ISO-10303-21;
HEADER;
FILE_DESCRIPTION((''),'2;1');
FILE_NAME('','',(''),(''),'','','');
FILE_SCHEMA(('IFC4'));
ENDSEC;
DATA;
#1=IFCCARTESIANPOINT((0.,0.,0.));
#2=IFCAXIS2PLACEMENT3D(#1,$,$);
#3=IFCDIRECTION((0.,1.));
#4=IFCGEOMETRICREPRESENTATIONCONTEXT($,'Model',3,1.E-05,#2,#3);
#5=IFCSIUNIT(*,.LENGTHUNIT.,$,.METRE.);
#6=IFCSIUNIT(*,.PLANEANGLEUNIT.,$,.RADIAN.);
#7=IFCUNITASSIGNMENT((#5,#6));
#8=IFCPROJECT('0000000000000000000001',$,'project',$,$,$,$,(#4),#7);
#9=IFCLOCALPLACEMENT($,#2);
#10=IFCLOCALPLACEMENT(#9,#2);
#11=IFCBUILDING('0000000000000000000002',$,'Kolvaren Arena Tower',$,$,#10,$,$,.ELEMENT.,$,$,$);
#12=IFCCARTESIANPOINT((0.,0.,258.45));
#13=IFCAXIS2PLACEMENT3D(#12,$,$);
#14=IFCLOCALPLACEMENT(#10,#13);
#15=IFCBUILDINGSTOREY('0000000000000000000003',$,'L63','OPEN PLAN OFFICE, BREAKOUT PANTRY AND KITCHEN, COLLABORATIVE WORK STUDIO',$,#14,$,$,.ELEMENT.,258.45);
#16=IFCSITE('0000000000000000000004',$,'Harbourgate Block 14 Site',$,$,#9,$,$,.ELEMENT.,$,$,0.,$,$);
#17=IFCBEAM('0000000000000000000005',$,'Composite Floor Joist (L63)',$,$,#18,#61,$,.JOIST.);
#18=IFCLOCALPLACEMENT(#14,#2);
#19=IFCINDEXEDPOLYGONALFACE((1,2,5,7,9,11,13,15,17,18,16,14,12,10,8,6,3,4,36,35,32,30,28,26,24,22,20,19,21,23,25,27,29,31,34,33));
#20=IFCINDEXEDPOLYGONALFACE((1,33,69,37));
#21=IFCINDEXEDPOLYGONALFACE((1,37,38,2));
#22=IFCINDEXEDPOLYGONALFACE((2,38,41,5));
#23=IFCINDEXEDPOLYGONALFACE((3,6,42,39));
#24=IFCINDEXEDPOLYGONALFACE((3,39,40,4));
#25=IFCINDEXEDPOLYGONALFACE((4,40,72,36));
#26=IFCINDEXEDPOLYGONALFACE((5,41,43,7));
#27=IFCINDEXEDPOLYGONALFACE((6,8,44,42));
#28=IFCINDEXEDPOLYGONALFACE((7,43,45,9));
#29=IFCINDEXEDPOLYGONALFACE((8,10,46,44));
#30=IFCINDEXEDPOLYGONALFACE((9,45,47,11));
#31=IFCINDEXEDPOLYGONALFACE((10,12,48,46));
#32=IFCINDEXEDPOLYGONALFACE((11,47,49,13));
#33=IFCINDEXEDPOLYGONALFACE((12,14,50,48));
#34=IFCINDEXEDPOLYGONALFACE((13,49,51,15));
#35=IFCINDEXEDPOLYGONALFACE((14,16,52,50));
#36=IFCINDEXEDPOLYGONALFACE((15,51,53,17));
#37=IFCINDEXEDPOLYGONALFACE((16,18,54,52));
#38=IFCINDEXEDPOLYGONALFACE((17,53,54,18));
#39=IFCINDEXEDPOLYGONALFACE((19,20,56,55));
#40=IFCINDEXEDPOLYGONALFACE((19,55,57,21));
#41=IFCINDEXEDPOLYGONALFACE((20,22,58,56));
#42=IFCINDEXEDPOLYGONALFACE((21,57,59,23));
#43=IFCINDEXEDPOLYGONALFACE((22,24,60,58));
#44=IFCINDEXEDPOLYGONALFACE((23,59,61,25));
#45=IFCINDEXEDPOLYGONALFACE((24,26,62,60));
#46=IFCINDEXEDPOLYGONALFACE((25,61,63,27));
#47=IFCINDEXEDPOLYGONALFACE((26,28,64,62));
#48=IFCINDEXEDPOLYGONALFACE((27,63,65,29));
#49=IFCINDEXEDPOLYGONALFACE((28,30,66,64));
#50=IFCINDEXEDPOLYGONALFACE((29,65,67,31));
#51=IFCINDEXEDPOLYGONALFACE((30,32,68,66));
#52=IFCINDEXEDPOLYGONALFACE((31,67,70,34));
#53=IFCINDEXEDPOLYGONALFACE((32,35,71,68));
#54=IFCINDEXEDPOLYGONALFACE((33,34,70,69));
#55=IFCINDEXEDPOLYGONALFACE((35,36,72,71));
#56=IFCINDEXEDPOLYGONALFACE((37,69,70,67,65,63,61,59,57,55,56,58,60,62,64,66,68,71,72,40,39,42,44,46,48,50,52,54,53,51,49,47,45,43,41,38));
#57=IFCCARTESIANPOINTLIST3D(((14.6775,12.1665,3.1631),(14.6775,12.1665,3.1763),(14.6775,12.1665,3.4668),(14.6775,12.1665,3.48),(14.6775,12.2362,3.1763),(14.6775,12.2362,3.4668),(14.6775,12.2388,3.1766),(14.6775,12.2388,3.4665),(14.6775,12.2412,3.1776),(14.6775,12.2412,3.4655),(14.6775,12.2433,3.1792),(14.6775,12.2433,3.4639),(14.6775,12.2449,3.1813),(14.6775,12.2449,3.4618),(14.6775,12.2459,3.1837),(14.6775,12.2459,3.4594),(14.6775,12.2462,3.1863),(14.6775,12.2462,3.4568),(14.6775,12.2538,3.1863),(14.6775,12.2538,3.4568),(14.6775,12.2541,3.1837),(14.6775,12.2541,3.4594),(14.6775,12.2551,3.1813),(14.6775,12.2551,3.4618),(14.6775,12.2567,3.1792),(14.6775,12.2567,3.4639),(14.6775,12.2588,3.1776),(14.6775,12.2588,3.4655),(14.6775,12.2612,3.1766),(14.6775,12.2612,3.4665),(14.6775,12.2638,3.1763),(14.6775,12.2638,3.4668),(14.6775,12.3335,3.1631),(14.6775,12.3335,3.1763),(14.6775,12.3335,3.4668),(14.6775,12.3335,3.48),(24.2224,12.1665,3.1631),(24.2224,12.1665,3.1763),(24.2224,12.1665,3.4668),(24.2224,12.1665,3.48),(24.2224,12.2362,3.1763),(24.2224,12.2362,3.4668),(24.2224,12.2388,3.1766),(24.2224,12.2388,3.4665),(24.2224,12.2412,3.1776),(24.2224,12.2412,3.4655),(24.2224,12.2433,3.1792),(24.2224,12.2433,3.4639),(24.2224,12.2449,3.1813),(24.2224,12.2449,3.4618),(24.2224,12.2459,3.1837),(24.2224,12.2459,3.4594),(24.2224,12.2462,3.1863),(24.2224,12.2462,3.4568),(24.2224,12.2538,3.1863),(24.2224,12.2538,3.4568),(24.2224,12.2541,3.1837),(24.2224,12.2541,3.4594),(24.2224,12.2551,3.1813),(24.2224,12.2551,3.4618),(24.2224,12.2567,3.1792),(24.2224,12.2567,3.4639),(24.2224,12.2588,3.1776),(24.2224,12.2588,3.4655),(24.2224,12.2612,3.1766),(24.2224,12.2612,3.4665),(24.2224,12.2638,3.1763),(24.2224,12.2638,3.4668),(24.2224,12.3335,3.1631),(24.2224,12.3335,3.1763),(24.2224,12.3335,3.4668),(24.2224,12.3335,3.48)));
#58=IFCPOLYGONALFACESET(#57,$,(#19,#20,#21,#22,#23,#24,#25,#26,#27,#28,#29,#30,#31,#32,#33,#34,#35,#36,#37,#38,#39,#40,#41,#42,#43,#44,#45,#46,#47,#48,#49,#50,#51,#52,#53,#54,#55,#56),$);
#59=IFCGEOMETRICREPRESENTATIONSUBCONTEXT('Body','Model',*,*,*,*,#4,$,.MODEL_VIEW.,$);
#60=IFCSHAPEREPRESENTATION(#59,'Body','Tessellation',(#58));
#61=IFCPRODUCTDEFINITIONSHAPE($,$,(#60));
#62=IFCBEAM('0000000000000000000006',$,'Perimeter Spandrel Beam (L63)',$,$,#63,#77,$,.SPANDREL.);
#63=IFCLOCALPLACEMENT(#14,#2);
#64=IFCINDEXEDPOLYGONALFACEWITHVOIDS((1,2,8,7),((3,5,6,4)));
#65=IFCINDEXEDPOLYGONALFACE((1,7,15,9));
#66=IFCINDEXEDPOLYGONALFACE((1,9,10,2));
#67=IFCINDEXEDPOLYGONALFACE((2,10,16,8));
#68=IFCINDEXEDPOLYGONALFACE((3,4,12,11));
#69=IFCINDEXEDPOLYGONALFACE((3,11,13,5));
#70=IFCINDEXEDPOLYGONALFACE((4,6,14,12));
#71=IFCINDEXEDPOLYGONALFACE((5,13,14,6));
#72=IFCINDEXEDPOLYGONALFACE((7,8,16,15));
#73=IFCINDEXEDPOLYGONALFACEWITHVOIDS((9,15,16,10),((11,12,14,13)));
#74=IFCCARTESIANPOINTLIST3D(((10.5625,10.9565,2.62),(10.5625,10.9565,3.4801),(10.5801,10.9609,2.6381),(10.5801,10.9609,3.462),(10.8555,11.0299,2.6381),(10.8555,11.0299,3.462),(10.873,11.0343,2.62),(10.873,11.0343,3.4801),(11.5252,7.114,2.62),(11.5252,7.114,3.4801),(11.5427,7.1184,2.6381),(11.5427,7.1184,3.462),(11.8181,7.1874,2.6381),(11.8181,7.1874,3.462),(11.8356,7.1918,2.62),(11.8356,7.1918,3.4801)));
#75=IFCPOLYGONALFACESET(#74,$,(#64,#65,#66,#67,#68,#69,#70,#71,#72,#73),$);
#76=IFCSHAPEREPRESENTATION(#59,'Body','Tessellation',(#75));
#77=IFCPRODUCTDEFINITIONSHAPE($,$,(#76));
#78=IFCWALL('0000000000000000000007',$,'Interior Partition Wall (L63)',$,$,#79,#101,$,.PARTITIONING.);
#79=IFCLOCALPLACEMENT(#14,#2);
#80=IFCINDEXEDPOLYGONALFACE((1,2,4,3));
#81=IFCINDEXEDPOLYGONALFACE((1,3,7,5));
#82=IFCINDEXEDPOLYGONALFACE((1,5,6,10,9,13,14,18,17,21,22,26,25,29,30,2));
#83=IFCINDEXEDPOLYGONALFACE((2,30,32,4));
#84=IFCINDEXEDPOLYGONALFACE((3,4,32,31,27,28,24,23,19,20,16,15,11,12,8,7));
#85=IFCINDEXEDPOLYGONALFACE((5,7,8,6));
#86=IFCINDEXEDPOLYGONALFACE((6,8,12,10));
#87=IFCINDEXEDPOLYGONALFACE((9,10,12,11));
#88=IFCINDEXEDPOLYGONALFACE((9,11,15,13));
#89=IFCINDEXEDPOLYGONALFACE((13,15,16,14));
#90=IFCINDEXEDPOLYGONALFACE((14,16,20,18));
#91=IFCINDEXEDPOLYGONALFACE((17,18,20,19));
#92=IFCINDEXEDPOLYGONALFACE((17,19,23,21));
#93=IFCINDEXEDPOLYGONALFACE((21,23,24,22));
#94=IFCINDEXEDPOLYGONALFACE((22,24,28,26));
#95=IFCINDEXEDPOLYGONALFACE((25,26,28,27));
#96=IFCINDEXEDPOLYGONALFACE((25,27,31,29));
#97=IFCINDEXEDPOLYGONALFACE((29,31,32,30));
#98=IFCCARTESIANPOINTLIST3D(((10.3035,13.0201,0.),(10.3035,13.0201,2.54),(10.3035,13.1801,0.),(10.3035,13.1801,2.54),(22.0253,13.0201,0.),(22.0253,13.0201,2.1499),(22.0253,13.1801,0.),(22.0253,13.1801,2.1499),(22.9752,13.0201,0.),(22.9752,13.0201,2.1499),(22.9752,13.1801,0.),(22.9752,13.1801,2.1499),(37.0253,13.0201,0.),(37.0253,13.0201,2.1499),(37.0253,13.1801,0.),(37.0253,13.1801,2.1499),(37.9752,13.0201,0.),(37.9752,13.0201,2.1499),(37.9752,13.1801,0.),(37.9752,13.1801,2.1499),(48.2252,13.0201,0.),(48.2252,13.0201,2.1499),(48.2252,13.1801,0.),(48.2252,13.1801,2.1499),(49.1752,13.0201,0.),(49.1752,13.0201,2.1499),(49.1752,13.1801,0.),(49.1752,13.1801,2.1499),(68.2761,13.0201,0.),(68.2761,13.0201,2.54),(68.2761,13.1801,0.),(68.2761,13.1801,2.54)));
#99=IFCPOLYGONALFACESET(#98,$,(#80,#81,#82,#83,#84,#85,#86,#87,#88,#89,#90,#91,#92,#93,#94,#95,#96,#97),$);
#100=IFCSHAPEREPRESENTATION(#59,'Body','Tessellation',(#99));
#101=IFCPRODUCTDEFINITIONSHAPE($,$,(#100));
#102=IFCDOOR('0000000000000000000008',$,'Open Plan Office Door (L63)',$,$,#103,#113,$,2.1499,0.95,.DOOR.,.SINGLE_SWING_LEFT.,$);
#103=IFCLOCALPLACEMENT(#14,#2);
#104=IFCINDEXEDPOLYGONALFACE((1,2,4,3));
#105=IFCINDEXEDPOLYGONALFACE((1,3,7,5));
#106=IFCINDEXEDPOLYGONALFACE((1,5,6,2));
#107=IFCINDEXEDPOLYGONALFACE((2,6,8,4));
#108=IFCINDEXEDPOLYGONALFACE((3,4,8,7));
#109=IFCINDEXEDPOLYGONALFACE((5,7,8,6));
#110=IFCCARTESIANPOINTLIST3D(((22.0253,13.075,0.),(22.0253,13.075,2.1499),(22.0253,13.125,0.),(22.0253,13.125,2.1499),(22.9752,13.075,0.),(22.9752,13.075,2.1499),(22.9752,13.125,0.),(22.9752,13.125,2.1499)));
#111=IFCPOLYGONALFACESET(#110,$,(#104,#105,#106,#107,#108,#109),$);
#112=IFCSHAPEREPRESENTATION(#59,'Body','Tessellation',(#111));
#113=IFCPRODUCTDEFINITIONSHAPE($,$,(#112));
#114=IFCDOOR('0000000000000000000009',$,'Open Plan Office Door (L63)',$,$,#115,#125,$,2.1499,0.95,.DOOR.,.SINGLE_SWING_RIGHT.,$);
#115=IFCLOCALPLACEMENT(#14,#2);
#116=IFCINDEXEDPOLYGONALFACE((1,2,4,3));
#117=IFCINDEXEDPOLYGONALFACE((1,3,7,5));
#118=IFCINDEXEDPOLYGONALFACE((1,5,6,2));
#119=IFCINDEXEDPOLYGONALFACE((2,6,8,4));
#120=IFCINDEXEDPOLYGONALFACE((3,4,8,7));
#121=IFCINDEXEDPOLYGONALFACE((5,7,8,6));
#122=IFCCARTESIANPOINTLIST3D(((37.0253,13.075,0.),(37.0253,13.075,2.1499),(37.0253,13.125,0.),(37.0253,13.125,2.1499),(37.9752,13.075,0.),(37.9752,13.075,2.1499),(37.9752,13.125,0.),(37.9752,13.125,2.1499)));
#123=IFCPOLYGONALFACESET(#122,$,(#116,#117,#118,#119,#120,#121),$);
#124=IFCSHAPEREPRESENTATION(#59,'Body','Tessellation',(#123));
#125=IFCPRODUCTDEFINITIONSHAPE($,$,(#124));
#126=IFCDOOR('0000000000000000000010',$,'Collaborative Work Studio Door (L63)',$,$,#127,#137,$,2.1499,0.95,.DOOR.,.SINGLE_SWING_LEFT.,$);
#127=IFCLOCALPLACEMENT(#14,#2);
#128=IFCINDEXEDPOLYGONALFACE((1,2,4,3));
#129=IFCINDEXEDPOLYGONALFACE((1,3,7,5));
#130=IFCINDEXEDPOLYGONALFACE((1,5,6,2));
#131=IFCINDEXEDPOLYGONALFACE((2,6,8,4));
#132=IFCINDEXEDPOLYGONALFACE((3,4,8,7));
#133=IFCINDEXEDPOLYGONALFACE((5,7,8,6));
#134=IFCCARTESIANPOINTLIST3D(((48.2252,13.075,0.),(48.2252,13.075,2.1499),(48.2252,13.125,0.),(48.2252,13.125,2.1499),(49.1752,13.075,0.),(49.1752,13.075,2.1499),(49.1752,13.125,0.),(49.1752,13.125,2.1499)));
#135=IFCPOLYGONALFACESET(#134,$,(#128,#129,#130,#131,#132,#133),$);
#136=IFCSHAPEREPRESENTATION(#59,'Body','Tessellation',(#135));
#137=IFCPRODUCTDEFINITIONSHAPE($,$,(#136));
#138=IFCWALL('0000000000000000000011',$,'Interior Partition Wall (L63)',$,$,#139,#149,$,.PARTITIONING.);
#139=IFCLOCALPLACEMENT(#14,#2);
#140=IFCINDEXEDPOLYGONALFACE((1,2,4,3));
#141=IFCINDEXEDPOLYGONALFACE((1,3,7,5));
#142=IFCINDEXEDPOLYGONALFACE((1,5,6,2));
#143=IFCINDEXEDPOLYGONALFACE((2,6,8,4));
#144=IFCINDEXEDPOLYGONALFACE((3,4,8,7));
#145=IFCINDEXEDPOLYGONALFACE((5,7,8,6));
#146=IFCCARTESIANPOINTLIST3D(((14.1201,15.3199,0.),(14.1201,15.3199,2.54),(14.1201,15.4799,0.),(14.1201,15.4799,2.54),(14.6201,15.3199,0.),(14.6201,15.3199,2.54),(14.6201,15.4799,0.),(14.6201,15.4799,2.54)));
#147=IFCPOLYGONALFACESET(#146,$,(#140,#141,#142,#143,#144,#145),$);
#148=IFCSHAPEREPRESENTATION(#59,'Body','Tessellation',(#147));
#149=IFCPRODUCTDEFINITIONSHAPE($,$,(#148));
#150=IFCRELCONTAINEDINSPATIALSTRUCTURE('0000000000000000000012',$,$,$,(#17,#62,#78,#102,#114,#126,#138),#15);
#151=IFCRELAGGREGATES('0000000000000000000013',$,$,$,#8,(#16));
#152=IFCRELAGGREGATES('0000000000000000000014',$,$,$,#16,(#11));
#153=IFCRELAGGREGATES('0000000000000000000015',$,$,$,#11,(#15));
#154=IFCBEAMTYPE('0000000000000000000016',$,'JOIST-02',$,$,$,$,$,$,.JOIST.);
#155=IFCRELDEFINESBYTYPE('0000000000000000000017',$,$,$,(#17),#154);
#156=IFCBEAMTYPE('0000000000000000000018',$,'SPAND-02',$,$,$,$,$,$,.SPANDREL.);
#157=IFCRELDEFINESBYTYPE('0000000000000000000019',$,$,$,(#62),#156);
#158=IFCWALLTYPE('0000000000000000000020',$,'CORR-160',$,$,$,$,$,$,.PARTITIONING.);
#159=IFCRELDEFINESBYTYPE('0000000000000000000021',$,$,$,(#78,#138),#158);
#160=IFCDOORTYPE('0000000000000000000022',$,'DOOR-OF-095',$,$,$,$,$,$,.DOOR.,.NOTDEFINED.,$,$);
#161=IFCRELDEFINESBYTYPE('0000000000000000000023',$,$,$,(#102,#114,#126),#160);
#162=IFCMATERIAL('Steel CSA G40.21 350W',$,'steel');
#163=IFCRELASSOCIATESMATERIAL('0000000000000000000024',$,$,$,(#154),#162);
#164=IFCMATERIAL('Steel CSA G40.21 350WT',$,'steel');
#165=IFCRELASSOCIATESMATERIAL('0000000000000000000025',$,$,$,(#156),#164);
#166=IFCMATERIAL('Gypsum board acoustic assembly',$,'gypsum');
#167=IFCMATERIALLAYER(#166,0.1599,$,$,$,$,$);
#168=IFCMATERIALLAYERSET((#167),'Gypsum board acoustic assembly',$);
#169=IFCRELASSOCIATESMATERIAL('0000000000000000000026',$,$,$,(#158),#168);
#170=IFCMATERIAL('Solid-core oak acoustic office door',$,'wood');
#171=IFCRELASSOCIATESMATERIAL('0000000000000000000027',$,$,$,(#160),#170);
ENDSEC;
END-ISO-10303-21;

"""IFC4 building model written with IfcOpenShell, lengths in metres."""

from ifc_helpers import new_model, si_unit, direction, frame, frame_2d, origin, origin_2d, place, context, subcontext, project, spatial, rectangle, hollow_rectangle, i_section, extrude, material, layer, layer_set, material_profile, profile_set, type_object, element, fill, save


model = new_model("IFC4")

# Units and contexts
model_context = context("Model", 3, precision=1e-05, world=origin(), true_north=direction((0.0, 1.0)))
body_context = subcontext(model_context, "Body", "Model", "MODEL_VIEW")
ifc_project = project(units=[si_unit("LENGTHUNIT", "METRE"), si_unit("PLANEANGLEUNIT", "RADIAN")], contexts=[model_context])

# Site, building, storey
site_placement = place(None, origin())
site = spatial("IfcSite", under=ifc_project, at=site_placement, Name="Harbourgate Block 14 Site", CompositionType="ELEMENT", RefElevation=0.0)
building_placement = place(site_placement, origin())
building = spatial("IfcBuilding", under=site, at=building_placement, Name="Kolvaren Arena Tower", CompositionType="ELEMENT")
storey_placement = place(building_placement, frame((0.0, 0.0, 258.45)))
storey = spatial("IfcBuildingStorey", under=building, at=storey_placement, Name="L63", Description="OPEN PLAN OFFICE, BREAKOUT PANTRY AND KITCHEN, COLLABORATIVE WORK STUDIO", CompositionType="ELEMENT", Elevation=258.45)

# Beams
ifc_material_1 = material(Name="Steel CSA G40.21 350W", Category="steel")
ifc_material_profile_1 = material_profile(ifc_material_1, i_section(OverallWidth=0.167, OverallDepth=0.3169, WebThickness=0.0076, FlangeThickness=0.0132, FilletRadius=0.01, at=origin_2d()), Name="W310x52")
ifc_profile_set_1 = profile_set([ifc_material_profile_1], Name="Steel CSA G40.21 350W")
beam_type_1 = type_object("IfcBeamType", Name="JOIST-02", PredefinedType="JOIST", material=ifc_profile_set_1)
beam_1_placement = place(storey_placement, frame((14.6775, 12.25, 3.3215), z_axis=(1.0, 0.0, 0.0), x_axis=(0.0, 1.0, 0.0)))
element("IfcBeam", 1, at=beam_1_placement, inside=storey, type_object=beam_type_1, Name="Composite Floor Joist (L63)", PredefinedType="JOIST", context=body_context, shape_type="SweptSolid", body=[
    extrude(i_section(OverallWidth=0.167, OverallDepth=0.3169, WebThickness=0.0076, FlangeThickness=0.0132, FilletRadius=0.01, at=origin_2d()), origin(), (0.0, 0.0, 1.0), 9.5449),
])
ifc_material_2 = material(Name="Steel CSA G40.21 350WT", Category="steel")
ifc_material_profile_2 = material_profile(ifc_material_2, hollow_rectangle(XDim=0.3201, YDim=0.8601, WallThickness=0.0181, at=origin_2d()), Name="HSS 860x320x18")
ifc_profile_set_2 = profile_set([ifc_material_profile_2], Name="Steel CSA G40.21 350WT")
beam_type_2 = type_object("IfcBeamType", Name="SPAND-02", PredefinedType="SPANDREL", material=ifc_profile_set_2)
beam_2_placement = place(storey_placement, frame((10.7178, 10.9954, 3.05), z_axis=(0.243014, -0.970023, 0.0), x_axis=(0.970023, 0.243014, 0.0)))
element("IfcBeam", 2, at=beam_2_placement, inside=storey, type_object=beam_type_2, Name="Perimeter Spandrel Beam (L63)", PredefinedType="SPANDREL", context=body_context, shape_type="SweptSolid", body=[
    extrude(hollow_rectangle(XDim=0.3201, YDim=0.8601, WallThickness=0.0181, at=origin_2d()), origin(), (0.0, 0.0, 1.0), 3.9612),
])

# Wall, openings, doors
ifc_material_3 = material(Name="Gypsum board acoustic assembly", Category="gypsum")
ifc_layer_1 = layer(ifc_material_3, 0.1599)
ifc_layer_set_1 = layer_set([ifc_layer_1], Name="Gypsum board acoustic assembly")
wall_type_1 = type_object("IfcWallType", Name="CORR-160", PredefinedType="PARTITIONING", material=ifc_layer_set_1)
wall_1_placement = place(storey_placement, frame((10.3035, 13.1001, 0.0), z_axis=(0.0, 0.0, 1.0), x_axis=(1.0, 0.0, 0.0)))
wall_1 = element("IfcWall", 3, at=wall_1_placement, inside=storey, type_object=wall_type_1, Name="Interior Partition Wall (L63)", PredefinedType="PARTITIONING", context=body_context, shape_type="SweptSolid", body=[
    extrude(rectangle(XDim=57.9727, YDim=0.1599, at=frame_2d((28.9863, 0.0))), origin(), (0.0, 0.0, 1.0), 2.54),
])
opening_1_placement = place(wall_1_placement, frame((11.7217, 0.0, 0.0)))
opening_1 = element("IfcOpeningElement", 4, at=opening_1_placement, cuts=wall_1, PredefinedType="OPENING", context=body_context, shape_type="SweptSolid", body=[
    extrude(rectangle(XDim=0.95, YDim=2.1499, at=frame_2d((0.4751, 1.075))), frame((0.0, 0.0898, 0.0), z_axis=(0.0, -1.0, 0.0), x_axis=(1.0, 0.0, 0.0)), (0.0, 0.0, 1.0), 0.1799),
])
opening_2_placement = place(wall_1_placement, frame((26.7217, 0.0, 0.0)))
opening_2 = element("IfcOpeningElement", 5, at=opening_2_placement, cuts=wall_1, PredefinedType="OPENING", context=body_context, shape_type="SweptSolid", body=[
    extrude(rectangle(XDim=0.95, YDim=2.1499, at=frame_2d((0.4751, 1.075))), frame((0.0, 0.0898, 0.0), z_axis=(0.0, -1.0, 0.0), x_axis=(1.0, 0.0, 0.0)), (0.0, 0.0, 1.0), 0.1799),
])
opening_3_placement = place(wall_1_placement, frame((37.9216, 0.0, 0.0)))
opening_3 = element("IfcOpeningElement", 6, at=opening_3_placement, cuts=wall_1, PredefinedType="OPENING", context=body_context, shape_type="SweptSolid", body=[
    extrude(rectangle(XDim=0.95, YDim=2.1499, at=frame_2d((0.4751, 1.075))), frame((0.0, 0.0898, 0.0), z_axis=(0.0, -1.0, 0.0), x_axis=(1.0, 0.0, 0.0)), (0.0, 0.0, 1.0), 0.1799),
])
ifc_material_4 = material(Name="Solid-core oak acoustic office door", Category="wood")
door_type = type_object("IfcDoorType", Name="DOOR-OF-095", OperationType="NOTDEFINED", PredefinedType="DOOR", material=ifc_material_4)
door_1_placement = place(opening_1_placement, origin())
door_1 = element("IfcDoor", 7, at=door_1_placement, inside=storey, type_object=door_type, Name="Open Plan Office Door (L63)", OperationType="SINGLE_SWING_LEFT", OverallHeight=2.1499, OverallWidth=0.95, PredefinedType="DOOR", context=body_context, shape_type="SweptSolid", body=[
    extrude(rectangle(XDim=0.95, YDim=2.1499, at=frame_2d((0.4751, 1.075))), frame((0.0, 0.0249, 0.0), z_axis=(0.0, -1.0, 0.0), x_axis=(1.0, 0.0, 0.0)), (0.0, 0.0, 1.0), 0.05),
])
fill(opening_1, door_1)
door_2_placement = place(opening_2_placement, origin())
door_2 = element("IfcDoor", 8, at=door_2_placement, inside=storey, type_object=door_type, Name="Open Plan Office Door (L63)", OperationType="SINGLE_SWING_RIGHT", OverallHeight=2.1499, OverallWidth=0.95, PredefinedType="DOOR", context=body_context, shape_type="SweptSolid", body=[
    extrude(rectangle(XDim=0.95, YDim=2.1499, at=frame_2d((0.4751, 1.075))), frame((0.0, 0.0249, 0.0), z_axis=(0.0, -1.0, 0.0), x_axis=(1.0, 0.0, 0.0)), (0.0, 0.0, 1.0), 0.05),
])
fill(opening_2, door_2)
door_3_placement = place(opening_3_placement, origin())
door_3 = element("IfcDoor", 9, at=door_3_placement, inside=storey, type_object=door_type, Name="Collaborative Work Studio Door (L63)", OperationType="SINGLE_SWING_LEFT", OverallHeight=2.1499, OverallWidth=0.95, PredefinedType="DOOR", context=body_context, shape_type="SweptSolid", body=[
    extrude(rectangle(XDim=0.95, YDim=2.1499, at=frame_2d((0.4751, 1.075))), frame((0.0, 0.0249, 0.0), z_axis=(0.0, -1.0, 0.0), x_axis=(1.0, 0.0, 0.0)), (0.0, 0.0, 1.0), 0.05),
])
fill(opening_3, door_3)

# Wall
wall_2_placement = place(storey_placement, frame((14.1201, 15.3999, 0.0), z_axis=(0.0, 0.0, 1.0), x_axis=(1.0, 0.0, 0.0)))
element("IfcWall", 10, at=wall_2_placement, inside=storey, type_object=wall_type_1, Name="Interior Partition Wall (L63)", PredefinedType="PARTITIONING", context=body_context, shape_type="SweptSolid", body=[
    extrude(rectangle(XDim=0.5, YDim=0.1599, at=frame_2d((0.25, 0.0))), origin(), (0.0, 0.0, 1.0), 2.54),
])

save(model, "model.ifc")
